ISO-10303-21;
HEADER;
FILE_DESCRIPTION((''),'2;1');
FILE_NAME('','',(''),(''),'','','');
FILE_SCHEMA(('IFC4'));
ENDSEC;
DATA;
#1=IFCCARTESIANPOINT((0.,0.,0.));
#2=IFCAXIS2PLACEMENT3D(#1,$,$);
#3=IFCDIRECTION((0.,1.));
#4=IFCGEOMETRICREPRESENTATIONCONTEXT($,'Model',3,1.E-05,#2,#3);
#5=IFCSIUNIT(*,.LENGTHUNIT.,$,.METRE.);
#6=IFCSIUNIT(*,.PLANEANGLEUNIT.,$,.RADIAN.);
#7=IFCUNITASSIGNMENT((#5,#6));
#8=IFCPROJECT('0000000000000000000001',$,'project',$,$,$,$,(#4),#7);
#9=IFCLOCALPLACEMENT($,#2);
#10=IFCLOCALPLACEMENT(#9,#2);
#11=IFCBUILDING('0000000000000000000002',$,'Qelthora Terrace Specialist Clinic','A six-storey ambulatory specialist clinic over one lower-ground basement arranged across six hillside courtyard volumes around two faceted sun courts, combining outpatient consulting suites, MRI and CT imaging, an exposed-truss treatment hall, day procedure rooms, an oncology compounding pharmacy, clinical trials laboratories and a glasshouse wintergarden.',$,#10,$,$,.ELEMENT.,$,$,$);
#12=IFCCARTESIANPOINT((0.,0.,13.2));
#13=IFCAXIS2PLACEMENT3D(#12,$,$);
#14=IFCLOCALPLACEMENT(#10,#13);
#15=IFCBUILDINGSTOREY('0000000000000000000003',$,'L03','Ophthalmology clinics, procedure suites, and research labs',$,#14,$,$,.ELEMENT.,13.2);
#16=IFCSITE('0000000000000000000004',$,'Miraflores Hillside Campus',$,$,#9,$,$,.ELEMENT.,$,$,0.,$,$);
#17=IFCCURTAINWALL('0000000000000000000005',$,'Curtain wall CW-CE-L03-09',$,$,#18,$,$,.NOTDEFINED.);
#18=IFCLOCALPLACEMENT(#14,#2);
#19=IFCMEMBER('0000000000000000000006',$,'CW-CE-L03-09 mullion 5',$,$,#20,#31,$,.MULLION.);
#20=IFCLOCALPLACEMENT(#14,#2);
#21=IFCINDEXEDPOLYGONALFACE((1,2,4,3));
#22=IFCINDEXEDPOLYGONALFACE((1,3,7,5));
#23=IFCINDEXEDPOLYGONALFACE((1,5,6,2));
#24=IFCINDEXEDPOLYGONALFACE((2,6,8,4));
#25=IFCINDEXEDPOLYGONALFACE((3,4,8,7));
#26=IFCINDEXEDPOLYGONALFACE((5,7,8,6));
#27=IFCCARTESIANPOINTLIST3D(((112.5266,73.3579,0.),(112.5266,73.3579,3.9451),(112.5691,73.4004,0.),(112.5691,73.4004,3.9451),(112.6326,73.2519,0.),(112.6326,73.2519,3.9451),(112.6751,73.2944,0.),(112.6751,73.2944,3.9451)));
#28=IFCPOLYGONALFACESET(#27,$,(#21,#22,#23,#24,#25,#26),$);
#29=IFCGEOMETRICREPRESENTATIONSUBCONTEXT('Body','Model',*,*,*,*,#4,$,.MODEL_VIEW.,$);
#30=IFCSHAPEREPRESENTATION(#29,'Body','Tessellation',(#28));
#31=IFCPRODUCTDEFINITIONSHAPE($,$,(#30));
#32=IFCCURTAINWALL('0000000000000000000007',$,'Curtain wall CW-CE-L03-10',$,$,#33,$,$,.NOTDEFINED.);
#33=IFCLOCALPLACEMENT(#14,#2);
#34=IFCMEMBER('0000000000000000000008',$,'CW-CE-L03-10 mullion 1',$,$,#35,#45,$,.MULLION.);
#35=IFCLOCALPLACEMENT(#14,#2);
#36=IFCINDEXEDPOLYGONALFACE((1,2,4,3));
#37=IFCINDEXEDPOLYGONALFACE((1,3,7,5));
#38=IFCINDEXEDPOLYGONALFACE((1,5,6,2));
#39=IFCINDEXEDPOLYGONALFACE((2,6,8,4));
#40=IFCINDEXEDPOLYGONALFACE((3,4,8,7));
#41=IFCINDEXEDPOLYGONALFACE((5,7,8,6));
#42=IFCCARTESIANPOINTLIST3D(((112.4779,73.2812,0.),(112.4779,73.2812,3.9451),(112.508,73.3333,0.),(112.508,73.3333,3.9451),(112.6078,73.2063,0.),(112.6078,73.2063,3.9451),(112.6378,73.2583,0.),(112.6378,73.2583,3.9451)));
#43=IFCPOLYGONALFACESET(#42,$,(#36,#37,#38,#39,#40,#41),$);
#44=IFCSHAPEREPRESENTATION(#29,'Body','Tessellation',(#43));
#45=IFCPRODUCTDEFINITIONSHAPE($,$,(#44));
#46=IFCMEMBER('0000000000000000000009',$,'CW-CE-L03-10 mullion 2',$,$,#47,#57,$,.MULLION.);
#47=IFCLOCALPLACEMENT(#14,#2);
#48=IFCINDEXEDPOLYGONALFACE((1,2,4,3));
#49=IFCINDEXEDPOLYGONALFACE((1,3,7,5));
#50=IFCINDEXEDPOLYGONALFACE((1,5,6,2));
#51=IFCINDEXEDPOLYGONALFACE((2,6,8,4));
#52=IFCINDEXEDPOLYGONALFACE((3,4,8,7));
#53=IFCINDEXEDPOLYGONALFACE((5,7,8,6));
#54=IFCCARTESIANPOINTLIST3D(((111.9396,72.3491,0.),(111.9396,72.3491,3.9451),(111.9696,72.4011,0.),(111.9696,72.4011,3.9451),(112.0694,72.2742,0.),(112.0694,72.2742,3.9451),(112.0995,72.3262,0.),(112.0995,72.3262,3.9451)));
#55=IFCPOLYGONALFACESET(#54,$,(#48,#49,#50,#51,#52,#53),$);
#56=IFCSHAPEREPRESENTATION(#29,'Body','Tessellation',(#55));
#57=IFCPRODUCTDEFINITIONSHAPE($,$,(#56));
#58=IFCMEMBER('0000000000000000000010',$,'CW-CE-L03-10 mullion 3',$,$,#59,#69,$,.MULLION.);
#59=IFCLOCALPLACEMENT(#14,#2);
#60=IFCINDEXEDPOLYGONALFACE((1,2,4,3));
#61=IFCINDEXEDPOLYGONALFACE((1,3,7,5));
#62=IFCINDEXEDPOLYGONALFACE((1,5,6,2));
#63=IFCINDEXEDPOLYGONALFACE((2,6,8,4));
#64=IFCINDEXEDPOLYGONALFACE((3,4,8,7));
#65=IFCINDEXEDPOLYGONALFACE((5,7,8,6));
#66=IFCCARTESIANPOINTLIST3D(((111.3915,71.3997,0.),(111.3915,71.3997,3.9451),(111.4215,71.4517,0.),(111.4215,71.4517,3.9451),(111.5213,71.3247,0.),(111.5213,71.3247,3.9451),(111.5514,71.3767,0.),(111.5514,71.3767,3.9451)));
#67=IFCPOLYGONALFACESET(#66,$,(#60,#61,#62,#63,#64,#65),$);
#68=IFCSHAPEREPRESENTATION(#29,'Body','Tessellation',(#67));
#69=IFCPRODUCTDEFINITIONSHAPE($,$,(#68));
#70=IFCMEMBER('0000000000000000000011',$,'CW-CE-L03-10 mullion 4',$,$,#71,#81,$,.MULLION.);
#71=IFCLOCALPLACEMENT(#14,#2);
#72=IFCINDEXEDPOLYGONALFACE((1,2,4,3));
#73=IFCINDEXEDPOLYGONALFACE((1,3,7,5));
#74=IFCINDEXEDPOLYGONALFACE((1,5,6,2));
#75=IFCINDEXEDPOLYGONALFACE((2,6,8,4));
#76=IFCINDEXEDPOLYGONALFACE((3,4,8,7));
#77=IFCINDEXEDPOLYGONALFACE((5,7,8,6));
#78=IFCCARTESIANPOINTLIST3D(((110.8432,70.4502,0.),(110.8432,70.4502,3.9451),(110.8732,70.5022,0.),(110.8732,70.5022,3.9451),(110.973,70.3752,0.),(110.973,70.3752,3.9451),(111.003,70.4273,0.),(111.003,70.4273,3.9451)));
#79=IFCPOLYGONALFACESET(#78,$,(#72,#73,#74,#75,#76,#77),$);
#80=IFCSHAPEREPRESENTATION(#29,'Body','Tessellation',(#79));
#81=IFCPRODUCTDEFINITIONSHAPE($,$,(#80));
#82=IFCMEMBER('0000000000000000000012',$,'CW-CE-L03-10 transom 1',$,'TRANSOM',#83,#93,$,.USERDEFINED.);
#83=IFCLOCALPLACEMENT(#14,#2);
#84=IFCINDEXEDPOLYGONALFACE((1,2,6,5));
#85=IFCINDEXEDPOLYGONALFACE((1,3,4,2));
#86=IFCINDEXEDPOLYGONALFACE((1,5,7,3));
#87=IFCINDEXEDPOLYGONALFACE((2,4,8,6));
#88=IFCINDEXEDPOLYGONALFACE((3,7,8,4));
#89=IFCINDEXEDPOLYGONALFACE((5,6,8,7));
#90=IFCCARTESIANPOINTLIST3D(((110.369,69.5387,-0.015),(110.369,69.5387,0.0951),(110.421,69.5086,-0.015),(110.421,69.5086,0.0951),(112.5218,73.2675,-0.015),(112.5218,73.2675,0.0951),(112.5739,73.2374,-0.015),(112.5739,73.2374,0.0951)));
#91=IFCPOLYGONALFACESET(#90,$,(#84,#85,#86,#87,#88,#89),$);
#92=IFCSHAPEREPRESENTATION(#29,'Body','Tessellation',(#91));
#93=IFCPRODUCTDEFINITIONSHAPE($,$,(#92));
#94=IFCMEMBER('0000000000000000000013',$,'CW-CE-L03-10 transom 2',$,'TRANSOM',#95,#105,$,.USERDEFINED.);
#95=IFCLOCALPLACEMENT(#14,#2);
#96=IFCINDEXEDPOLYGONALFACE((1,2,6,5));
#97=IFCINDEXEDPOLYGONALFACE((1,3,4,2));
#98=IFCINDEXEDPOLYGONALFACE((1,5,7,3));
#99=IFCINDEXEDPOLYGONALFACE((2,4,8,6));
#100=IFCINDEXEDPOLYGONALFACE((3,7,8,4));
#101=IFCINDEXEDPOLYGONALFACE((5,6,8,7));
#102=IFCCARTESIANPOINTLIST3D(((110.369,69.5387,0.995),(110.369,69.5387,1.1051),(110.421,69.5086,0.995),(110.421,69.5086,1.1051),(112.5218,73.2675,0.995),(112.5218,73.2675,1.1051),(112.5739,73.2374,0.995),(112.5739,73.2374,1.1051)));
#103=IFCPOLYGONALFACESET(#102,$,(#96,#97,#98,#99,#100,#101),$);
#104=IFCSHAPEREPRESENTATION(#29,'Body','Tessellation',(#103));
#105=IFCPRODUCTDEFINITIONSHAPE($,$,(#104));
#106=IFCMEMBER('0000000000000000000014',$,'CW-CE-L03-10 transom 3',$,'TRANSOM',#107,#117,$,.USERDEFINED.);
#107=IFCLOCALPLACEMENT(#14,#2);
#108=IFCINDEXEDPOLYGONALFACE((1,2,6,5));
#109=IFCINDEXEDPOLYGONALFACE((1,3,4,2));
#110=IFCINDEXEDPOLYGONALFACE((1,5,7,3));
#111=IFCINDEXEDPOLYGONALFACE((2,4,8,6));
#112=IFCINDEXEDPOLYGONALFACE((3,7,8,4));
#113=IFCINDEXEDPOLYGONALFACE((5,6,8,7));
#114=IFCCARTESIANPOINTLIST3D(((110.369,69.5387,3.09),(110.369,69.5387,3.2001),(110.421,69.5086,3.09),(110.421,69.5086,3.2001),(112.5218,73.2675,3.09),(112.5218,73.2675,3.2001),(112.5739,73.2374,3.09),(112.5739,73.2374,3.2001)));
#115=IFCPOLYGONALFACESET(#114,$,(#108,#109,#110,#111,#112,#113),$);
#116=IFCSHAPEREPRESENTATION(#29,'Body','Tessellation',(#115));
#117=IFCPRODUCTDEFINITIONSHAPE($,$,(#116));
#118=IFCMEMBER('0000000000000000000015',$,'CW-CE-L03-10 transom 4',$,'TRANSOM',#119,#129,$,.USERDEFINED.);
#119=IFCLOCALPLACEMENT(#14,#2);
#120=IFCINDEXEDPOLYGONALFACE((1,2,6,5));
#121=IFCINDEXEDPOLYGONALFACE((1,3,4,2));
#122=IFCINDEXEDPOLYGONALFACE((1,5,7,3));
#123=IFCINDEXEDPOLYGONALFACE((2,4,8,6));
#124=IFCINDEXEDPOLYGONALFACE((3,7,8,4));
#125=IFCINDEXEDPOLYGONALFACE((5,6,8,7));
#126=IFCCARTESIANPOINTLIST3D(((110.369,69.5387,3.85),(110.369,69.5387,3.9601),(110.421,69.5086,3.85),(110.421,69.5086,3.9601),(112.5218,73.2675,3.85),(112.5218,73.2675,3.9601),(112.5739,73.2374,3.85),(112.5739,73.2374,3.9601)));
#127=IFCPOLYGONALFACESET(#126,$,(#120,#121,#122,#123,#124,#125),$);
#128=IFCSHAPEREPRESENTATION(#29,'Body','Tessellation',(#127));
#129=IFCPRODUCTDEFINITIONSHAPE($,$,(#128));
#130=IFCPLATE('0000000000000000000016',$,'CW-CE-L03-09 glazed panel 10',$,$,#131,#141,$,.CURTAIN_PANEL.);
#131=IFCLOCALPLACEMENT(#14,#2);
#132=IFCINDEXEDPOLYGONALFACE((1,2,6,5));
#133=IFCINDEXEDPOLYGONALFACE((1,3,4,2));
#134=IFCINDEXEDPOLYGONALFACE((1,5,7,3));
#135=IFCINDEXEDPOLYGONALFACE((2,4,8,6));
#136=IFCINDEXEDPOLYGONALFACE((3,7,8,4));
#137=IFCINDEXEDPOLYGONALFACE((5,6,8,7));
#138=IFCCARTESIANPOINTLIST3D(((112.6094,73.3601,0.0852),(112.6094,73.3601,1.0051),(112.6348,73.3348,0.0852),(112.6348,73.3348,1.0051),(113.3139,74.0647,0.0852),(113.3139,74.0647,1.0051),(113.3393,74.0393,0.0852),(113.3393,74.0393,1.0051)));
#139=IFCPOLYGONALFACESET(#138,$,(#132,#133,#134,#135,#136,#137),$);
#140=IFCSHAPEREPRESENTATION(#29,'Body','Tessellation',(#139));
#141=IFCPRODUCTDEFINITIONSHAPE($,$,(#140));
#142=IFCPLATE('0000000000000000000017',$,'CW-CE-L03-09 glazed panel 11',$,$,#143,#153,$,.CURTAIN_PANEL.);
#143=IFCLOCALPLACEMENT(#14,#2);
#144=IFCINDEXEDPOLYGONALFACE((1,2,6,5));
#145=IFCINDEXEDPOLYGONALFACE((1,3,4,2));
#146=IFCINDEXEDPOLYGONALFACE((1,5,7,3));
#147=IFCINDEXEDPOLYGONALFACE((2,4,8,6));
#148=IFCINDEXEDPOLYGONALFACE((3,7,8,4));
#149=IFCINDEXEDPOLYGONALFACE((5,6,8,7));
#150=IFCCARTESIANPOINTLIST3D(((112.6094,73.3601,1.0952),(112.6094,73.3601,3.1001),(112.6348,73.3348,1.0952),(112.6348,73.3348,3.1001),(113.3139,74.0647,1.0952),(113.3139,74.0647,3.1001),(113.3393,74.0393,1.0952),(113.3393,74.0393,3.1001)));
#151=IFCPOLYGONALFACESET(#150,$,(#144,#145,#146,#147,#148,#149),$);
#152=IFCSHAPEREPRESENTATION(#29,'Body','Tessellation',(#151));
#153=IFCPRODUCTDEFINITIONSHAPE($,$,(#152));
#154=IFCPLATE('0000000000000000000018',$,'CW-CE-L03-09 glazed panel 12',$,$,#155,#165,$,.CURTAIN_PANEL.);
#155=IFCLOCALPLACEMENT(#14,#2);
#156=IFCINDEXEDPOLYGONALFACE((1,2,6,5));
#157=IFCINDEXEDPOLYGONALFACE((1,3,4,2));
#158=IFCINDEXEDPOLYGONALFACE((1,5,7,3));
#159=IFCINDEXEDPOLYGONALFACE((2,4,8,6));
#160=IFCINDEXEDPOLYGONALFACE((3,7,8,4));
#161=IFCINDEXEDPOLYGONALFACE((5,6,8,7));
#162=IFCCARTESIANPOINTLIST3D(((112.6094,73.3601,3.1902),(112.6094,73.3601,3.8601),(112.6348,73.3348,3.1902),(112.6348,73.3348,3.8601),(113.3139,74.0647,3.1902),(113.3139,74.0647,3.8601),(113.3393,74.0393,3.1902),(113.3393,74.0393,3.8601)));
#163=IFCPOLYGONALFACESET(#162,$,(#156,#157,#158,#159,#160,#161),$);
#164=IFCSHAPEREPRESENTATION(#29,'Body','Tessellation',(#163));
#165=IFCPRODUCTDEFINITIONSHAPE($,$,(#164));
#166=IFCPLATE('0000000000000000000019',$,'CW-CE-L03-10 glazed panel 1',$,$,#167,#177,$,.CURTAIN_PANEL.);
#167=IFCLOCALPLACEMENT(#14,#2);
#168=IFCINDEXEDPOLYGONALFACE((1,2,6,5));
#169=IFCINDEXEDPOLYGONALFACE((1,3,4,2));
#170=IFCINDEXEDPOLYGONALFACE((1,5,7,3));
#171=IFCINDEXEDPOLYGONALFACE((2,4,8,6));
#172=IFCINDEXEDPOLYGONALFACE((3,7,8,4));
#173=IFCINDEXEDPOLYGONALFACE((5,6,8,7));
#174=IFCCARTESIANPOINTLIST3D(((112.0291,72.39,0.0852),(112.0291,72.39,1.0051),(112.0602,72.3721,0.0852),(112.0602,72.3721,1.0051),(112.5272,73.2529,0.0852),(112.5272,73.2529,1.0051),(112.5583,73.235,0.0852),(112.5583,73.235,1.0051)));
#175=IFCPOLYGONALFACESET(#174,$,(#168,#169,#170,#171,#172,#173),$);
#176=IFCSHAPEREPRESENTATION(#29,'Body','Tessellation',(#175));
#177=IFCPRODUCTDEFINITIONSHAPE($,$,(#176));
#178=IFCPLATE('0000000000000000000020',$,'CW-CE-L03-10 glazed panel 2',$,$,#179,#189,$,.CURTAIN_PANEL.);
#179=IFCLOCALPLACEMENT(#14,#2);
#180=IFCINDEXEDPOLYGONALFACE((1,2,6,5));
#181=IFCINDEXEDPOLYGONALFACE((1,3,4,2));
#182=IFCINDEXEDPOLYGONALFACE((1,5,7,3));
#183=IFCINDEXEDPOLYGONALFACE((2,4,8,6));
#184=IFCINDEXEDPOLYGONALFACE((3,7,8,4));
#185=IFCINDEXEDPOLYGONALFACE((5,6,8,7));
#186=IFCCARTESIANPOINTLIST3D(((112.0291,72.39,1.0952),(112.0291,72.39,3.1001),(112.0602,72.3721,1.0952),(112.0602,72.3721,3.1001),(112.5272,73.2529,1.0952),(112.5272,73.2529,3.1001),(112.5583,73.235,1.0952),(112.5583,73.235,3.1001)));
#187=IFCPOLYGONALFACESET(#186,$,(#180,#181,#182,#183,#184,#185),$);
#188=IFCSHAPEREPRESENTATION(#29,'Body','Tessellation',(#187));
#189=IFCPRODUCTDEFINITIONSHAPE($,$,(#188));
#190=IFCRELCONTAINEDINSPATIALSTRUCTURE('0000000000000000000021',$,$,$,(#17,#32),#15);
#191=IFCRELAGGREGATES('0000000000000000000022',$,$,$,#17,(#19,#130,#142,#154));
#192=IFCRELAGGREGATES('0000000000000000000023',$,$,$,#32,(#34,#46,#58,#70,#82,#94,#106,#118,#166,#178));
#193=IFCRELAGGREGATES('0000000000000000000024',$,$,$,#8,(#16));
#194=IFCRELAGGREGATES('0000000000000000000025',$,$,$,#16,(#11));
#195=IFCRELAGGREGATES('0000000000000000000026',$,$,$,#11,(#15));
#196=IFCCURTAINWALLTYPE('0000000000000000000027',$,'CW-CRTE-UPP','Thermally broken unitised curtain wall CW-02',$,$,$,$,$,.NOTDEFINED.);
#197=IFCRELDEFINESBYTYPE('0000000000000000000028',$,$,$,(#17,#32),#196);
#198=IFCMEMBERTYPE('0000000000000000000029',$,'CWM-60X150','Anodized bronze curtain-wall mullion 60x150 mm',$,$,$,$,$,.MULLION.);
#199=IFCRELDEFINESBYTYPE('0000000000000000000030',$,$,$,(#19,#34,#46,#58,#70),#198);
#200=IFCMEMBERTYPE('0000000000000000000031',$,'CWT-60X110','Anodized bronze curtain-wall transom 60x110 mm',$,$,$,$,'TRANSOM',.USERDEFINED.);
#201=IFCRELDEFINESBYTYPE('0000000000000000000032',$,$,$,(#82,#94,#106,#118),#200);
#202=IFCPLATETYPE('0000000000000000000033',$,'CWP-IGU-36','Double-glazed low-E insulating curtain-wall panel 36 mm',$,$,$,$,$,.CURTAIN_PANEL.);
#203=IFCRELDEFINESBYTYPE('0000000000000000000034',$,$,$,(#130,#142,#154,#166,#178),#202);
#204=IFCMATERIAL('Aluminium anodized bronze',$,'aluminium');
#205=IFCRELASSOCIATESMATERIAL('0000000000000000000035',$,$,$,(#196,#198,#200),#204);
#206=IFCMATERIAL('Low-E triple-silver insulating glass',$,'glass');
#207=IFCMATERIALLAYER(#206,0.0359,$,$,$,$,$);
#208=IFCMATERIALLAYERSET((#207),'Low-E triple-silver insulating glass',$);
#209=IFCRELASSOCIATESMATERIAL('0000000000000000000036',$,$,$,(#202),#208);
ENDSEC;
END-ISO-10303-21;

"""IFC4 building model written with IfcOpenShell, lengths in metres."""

from ifc_helpers import new_model, si_unit, direction, frame, origin, origin_2d, place, context, subcontext, project, spatial, rectangle, extrude, material, layer, layer_set, material_profile, profile_set, type_object, element, aggregate, save


model = new_model("IFC4")

# Units and contexts
model_context = context("Model", 3, precision=1e-05, world=origin(), true_north=direction((0.0, 1.0)))
body_context = subcontext(model_context, "Body", "Model", "MODEL_VIEW")
ifc_project = project(units=[si_unit("LENGTHUNIT", "METRE"), si_unit("PLANEANGLEUNIT", "RADIAN")], contexts=[model_context])

# Site, building, storey
site_placement = place(None, origin())
site = spatial("IfcSite", under=ifc_project, at=site_placement, Name="Miraflores Hillside Campus", CompositionType="ELEMENT", RefElevation=0.0)
building_placement = place(site_placement, origin())
building = spatial("IfcBuilding", under=site, at=building_placement, Name="Qelthora Terrace Specialist Clinic", Description="A six-storey ambulatory specialist clinic over one lower-ground basement arranged across six hillside courtyard volumes around two faceted sun courts, combining outpatient consulting suites, MRI and CT imaging, an exposed-truss treatment hall, day procedure rooms, an oncology compounding pharmacy, clinical trials laboratories and a glasshouse wintergarden.", CompositionType="ELEMENT")
storey_placement = place(building_placement, frame((0.0, 0.0, 13.2)))
storey = spatial("IfcBuildingStorey", under=building, at=storey_placement, Name="L03", Description="Ophthalmology clinics, procedure suites, and research labs", CompositionType="ELEMENT", Elevation=13.2)

# Curtain wall, member
ifc_material_1 = material(Name="Aluminium anodized bronze", Category="aluminium")
curtain_wall_type = type_object("IfcCurtainWallType", Name="CW-CRTE-UPP", Description="Thermally broken unitised curtain wall CW-02", PredefinedType="NOTDEFINED", material=ifc_material_1)
curtain_wall_1_placement = place(storey_placement, origin())
curtain_wall_1 = element("IfcCurtainWall", 1, at=curtain_wall_1_placement, inside=storey, type_object=curtain_wall_type, Name="Curtain wall CW-CE-L03-09", PredefinedType="NOTDEFINED")
ifc_material_profile_1 = material_profile(ifc_material_1, rectangle(XDim=0.0601, YDim=0.1499, at=origin_2d()), Name="CWM60X150")
ifc_profile_set_1 = profile_set([ifc_material_profile_1], Name="Aluminium anodized bronze")
member_type_1 = type_object("IfcMemberType", Name="CWM-60X150", Description="Anodized bronze curtain-wall mullion 60x150 mm", PredefinedType="MULLION", material=ifc_profile_set_1)
member_1_placement = place(storey_placement, frame((112.6008, 73.3262, 0.0), z_axis=(0.0, 0.0, 1.0), x_axis=(-0.707107, -0.707107, 0.0)))
member_1 = element("IfcMember", 2, at=member_1_placement, type_object=member_type_1, Name="CW-CE-L03-09 mullion 5", PredefinedType="MULLION", context=body_context, shape_type="SweptSolid", body=[
    extrude(rectangle(XDim=0.0601, YDim=0.1499, at=origin_2d()), origin(), (0.0, 0.0, 1.0), 3.9451),
])

# Curtain wall, members
curtain_wall_2_placement = place(storey_placement, origin())
curtain_wall_2 = element("IfcCurtainWall", 3, at=curtain_wall_2_placement, inside=storey, type_object=curtain_wall_type, Name="Curtain wall CW-CE-L03-10", PredefinedType="NOTDEFINED")
member_2_placement = place(storey_placement, frame((112.5579, 73.2698, 0.0), z_axis=(0.0, 0.0, 1.0), x_axis=(-0.5, -0.866025, 0.0)))
member_2 = element("IfcMember", 4, at=member_2_placement, type_object=member_type_1, Name="CW-CE-L03-10 mullion 1", PredefinedType="MULLION", context=body_context, shape_type="SweptSolid", body=[
    extrude(rectangle(XDim=0.0601, YDim=0.1499, at=origin_2d()), origin(), (0.0, 0.0, 1.0), 3.9451),
])
member_3_placement = place(storey_placement, frame((112.0195, 72.3376, 0.0), z_axis=(0.0, 0.0, 1.0), x_axis=(-0.5, -0.866025, 0.0)))
member_3 = element("IfcMember", 5, at=member_3_placement, type_object=member_type_1, Name="CW-CE-L03-10 mullion 2", PredefinedType="MULLION", context=body_context, shape_type="SweptSolid", body=[
    extrude(rectangle(XDim=0.0601, YDim=0.1499, at=origin_2d()), origin(), (0.0, 0.0, 1.0), 3.9451),
])
member_4_placement = place(storey_placement, frame((111.4714, 71.3882, 0.0), z_axis=(0.0, 0.0, 1.0), x_axis=(-0.5, -0.866025, 0.0)))
member_4 = element("IfcMember", 6, at=member_4_placement, type_object=member_type_1, Name="CW-CE-L03-10 mullion 3", PredefinedType="MULLION", context=body_context, shape_type="SweptSolid", body=[
    extrude(rectangle(XDim=0.0601, YDim=0.1499, at=origin_2d()), origin(), (0.0, 0.0, 1.0), 3.9451),
])
member_5_placement = place(storey_placement, frame((110.9231, 70.4387, 0.0), z_axis=(0.0, 0.0, 1.0), x_axis=(-0.5, -0.866025, 0.0)))
member_5 = element("IfcMember", 7, at=member_5_placement, type_object=member_type_1, Name="CW-CE-L03-10 mullion 4", PredefinedType="MULLION", context=body_context, shape_type="SweptSolid", body=[
    extrude(rectangle(XDim=0.0601, YDim=0.1499, at=origin_2d()), origin(), (0.0, 0.0, 1.0), 3.9451),
])
ifc_material_profile_2 = material_profile(ifc_material_1, rectangle(XDim=0.0601, YDim=0.1101, at=origin_2d()), Name="CWT60X110")
ifc_profile_set_2 = profile_set([ifc_material_profile_2], Name="Aluminium anodized bronze")
member_type_2 = type_object("IfcMemberType", Name="CWT-60X110", Description="Anodized bronze curtain-wall transom 60x110 mm", ElementType="TRANSOM", PredefinedType="USERDEFINED", material=ifc_profile_set_2)
member_6_placement = place(storey_placement, frame((112.5479, 73.2524, 0.04), z_axis=(-0.500006, -0.866022, 0.0), x_axis=(0.866022, -0.500006, 0.0)))
member_6 = element("IfcMember", 8, at=member_6_placement, type_object=member_type_2, Name="CW-CE-L03-10 transom 1", ObjectType="TRANSOM", PredefinedType="USERDEFINED", context=body_context, shape_type="SweptSolid", body=[
    extrude(rectangle(XDim=0.0601, YDim=0.1101, at=origin_2d()), origin(), (0.0, 0.0, 1.0), 4.3057),
])
member_7_placement = place(storey_placement, frame((112.5479, 73.2524, 1.05), z_axis=(-0.500006, -0.866022, 0.0), x_axis=(0.866022, -0.500006, 0.0)))
member_7 = element("IfcMember", 9, at=member_7_placement, type_object=member_type_2, Name="CW-CE-L03-10 transom 2", ObjectType="TRANSOM", PredefinedType="USERDEFINED", context=body_context, shape_type="SweptSolid", body=[
    extrude(rectangle(XDim=0.0601, YDim=0.1101, at=origin_2d()), origin(), (0.0, 0.0, 1.0), 4.3057),
])
member_8_placement = place(storey_placement, frame((112.5479, 73.2524, 3.145), z_axis=(-0.500006, -0.866022, 0.0), x_axis=(0.866022, -0.500006, 0.0)))
member_8 = element("IfcMember", 10, at=member_8_placement, type_object=member_type_2, Name="CW-CE-L03-10 transom 3", ObjectType="TRANSOM", PredefinedType="USERDEFINED", context=body_context, shape_type="SweptSolid", body=[
    extrude(rectangle(XDim=0.0601, YDim=0.1101, at=origin_2d()), origin(), (0.0, 0.0, 1.0), 4.3057),
])
member_9_placement = place(storey_placement, frame((112.5479, 73.2524, 3.905), z_axis=(-0.500006, -0.866022, 0.0), x_axis=(0.866022, -0.500006, 0.0)))
member_9 = element("IfcMember", 11, at=member_9_placement, type_object=member_type_2, Name="CW-CE-L03-10 transom 4", ObjectType="TRANSOM", PredefinedType="USERDEFINED", context=body_context, shape_type="SweptSolid", body=[
    extrude(rectangle(XDim=0.0601, YDim=0.1101, at=origin_2d()), origin(), (0.0, 0.0, 1.0), 4.3057),
])

# Plates
ifc_material_2 = material(Name="Low-E triple-silver insulating glass", Category="glass")
ifc_layer = layer(ifc_material_2, 0.0359)
ifc_layer_set = layer_set([ifc_layer], Name="Low-E triple-silver insulating glass")
plate_type = type_object("IfcPlateType", Name="CWP-IGU-36", Description="Double-glazed low-E insulating curtain-wall panel 36 mm", PredefinedType="CURTAIN_PANEL", material=ifc_layer_set)
plate_1_placement = place(storey_placement, frame((112.9744, 73.6997, 0.0852), z_axis=(0.0, 0.0, 1.0), x_axis=(-0.707107, -0.707107, 0.0)))
plate_1 = element("IfcPlate", 12, at=plate_1_placement, type_object=plate_type, Name="CW-CE-L03-09 glazed panel 10", PredefinedType="CURTAIN_PANEL", context=body_context, shape_type="SweptSolid", body=[
    extrude(rectangle(XDim=0.9963, YDim=0.0359, at=origin_2d()), origin(), (0.0, 0.0, 1.0), 0.9199),
])
plate_2_placement = place(storey_placement, frame((112.9744, 73.6997, 1.0952), z_axis=(0.0, 0.0, 1.0), x_axis=(-0.707107, -0.707107, 0.0)))
plate_2 = element("IfcPlate", 13, at=plate_2_placement, type_object=plate_type, Name="CW-CE-L03-09 glazed panel 11", PredefinedType="CURTAIN_PANEL", context=body_context, shape_type="SweptSolid", body=[
    extrude(rectangle(XDim=0.9963, YDim=0.0359, at=origin_2d()), origin(), (0.0, 0.0, 1.0), 2.0049),
])
plate_3_placement = place(storey_placement, frame((112.9744, 73.6997, 3.1902), z_axis=(0.0, 0.0, 1.0), x_axis=(-0.707107, -0.707107, 0.0)))
plate_3 = element("IfcPlate", 14, at=plate_3_placement, type_object=plate_type, Name="CW-CE-L03-09 glazed panel 12", PredefinedType="CURTAIN_PANEL", context=body_context, shape_type="SweptSolid", body=[
    extrude(rectangle(XDim=0.9963, YDim=0.0359, at=origin_2d()), origin(), (0.0, 0.0, 1.0), 0.6699),
])
aggregate(curtain_wall_1, [member_1, plate_1, plate_2, plate_3])
plate_4_placement = place(storey_placement, frame((112.2937, 72.8125, 0.0852), z_axis=(0.0, 0.0, 1.0), x_axis=(-0.5, -0.866025, 0.0)))
plate_4 = element("IfcPlate", 15, at=plate_4_placement, type_object=plate_type, Name="CW-CE-L03-10 glazed panel 1", PredefinedType="CURTAIN_PANEL", context=body_context, shape_type="SweptSolid", body=[
    extrude(rectangle(XDim=0.9963, YDim=0.0359, at=origin_2d()), origin(), (0.0, 0.0, 1.0), 0.9199),
])
plate_5_placement = place(storey_placement, frame((112.2937, 72.8125, 1.0952), z_axis=(0.0, 0.0, 1.0), x_axis=(-0.5, -0.866025, 0.0)))
plate_5 = element("IfcPlate", 16, at=plate_5_placement, type_object=plate_type, Name="CW-CE-L03-10 glazed panel 2", PredefinedType="CURTAIN_PANEL", context=body_context, shape_type="SweptSolid", body=[
    extrude(rectangle(XDim=0.9963, YDim=0.0359, at=origin_2d()), origin(), (0.0, 0.0, 1.0), 2.0049),
])
aggregate(curtain_wall_2, [member_2, member_3, member_4, member_5, member_6, member_7, member_8, member_9, plate_4, plate_5])

save(model, "model.ifc")
